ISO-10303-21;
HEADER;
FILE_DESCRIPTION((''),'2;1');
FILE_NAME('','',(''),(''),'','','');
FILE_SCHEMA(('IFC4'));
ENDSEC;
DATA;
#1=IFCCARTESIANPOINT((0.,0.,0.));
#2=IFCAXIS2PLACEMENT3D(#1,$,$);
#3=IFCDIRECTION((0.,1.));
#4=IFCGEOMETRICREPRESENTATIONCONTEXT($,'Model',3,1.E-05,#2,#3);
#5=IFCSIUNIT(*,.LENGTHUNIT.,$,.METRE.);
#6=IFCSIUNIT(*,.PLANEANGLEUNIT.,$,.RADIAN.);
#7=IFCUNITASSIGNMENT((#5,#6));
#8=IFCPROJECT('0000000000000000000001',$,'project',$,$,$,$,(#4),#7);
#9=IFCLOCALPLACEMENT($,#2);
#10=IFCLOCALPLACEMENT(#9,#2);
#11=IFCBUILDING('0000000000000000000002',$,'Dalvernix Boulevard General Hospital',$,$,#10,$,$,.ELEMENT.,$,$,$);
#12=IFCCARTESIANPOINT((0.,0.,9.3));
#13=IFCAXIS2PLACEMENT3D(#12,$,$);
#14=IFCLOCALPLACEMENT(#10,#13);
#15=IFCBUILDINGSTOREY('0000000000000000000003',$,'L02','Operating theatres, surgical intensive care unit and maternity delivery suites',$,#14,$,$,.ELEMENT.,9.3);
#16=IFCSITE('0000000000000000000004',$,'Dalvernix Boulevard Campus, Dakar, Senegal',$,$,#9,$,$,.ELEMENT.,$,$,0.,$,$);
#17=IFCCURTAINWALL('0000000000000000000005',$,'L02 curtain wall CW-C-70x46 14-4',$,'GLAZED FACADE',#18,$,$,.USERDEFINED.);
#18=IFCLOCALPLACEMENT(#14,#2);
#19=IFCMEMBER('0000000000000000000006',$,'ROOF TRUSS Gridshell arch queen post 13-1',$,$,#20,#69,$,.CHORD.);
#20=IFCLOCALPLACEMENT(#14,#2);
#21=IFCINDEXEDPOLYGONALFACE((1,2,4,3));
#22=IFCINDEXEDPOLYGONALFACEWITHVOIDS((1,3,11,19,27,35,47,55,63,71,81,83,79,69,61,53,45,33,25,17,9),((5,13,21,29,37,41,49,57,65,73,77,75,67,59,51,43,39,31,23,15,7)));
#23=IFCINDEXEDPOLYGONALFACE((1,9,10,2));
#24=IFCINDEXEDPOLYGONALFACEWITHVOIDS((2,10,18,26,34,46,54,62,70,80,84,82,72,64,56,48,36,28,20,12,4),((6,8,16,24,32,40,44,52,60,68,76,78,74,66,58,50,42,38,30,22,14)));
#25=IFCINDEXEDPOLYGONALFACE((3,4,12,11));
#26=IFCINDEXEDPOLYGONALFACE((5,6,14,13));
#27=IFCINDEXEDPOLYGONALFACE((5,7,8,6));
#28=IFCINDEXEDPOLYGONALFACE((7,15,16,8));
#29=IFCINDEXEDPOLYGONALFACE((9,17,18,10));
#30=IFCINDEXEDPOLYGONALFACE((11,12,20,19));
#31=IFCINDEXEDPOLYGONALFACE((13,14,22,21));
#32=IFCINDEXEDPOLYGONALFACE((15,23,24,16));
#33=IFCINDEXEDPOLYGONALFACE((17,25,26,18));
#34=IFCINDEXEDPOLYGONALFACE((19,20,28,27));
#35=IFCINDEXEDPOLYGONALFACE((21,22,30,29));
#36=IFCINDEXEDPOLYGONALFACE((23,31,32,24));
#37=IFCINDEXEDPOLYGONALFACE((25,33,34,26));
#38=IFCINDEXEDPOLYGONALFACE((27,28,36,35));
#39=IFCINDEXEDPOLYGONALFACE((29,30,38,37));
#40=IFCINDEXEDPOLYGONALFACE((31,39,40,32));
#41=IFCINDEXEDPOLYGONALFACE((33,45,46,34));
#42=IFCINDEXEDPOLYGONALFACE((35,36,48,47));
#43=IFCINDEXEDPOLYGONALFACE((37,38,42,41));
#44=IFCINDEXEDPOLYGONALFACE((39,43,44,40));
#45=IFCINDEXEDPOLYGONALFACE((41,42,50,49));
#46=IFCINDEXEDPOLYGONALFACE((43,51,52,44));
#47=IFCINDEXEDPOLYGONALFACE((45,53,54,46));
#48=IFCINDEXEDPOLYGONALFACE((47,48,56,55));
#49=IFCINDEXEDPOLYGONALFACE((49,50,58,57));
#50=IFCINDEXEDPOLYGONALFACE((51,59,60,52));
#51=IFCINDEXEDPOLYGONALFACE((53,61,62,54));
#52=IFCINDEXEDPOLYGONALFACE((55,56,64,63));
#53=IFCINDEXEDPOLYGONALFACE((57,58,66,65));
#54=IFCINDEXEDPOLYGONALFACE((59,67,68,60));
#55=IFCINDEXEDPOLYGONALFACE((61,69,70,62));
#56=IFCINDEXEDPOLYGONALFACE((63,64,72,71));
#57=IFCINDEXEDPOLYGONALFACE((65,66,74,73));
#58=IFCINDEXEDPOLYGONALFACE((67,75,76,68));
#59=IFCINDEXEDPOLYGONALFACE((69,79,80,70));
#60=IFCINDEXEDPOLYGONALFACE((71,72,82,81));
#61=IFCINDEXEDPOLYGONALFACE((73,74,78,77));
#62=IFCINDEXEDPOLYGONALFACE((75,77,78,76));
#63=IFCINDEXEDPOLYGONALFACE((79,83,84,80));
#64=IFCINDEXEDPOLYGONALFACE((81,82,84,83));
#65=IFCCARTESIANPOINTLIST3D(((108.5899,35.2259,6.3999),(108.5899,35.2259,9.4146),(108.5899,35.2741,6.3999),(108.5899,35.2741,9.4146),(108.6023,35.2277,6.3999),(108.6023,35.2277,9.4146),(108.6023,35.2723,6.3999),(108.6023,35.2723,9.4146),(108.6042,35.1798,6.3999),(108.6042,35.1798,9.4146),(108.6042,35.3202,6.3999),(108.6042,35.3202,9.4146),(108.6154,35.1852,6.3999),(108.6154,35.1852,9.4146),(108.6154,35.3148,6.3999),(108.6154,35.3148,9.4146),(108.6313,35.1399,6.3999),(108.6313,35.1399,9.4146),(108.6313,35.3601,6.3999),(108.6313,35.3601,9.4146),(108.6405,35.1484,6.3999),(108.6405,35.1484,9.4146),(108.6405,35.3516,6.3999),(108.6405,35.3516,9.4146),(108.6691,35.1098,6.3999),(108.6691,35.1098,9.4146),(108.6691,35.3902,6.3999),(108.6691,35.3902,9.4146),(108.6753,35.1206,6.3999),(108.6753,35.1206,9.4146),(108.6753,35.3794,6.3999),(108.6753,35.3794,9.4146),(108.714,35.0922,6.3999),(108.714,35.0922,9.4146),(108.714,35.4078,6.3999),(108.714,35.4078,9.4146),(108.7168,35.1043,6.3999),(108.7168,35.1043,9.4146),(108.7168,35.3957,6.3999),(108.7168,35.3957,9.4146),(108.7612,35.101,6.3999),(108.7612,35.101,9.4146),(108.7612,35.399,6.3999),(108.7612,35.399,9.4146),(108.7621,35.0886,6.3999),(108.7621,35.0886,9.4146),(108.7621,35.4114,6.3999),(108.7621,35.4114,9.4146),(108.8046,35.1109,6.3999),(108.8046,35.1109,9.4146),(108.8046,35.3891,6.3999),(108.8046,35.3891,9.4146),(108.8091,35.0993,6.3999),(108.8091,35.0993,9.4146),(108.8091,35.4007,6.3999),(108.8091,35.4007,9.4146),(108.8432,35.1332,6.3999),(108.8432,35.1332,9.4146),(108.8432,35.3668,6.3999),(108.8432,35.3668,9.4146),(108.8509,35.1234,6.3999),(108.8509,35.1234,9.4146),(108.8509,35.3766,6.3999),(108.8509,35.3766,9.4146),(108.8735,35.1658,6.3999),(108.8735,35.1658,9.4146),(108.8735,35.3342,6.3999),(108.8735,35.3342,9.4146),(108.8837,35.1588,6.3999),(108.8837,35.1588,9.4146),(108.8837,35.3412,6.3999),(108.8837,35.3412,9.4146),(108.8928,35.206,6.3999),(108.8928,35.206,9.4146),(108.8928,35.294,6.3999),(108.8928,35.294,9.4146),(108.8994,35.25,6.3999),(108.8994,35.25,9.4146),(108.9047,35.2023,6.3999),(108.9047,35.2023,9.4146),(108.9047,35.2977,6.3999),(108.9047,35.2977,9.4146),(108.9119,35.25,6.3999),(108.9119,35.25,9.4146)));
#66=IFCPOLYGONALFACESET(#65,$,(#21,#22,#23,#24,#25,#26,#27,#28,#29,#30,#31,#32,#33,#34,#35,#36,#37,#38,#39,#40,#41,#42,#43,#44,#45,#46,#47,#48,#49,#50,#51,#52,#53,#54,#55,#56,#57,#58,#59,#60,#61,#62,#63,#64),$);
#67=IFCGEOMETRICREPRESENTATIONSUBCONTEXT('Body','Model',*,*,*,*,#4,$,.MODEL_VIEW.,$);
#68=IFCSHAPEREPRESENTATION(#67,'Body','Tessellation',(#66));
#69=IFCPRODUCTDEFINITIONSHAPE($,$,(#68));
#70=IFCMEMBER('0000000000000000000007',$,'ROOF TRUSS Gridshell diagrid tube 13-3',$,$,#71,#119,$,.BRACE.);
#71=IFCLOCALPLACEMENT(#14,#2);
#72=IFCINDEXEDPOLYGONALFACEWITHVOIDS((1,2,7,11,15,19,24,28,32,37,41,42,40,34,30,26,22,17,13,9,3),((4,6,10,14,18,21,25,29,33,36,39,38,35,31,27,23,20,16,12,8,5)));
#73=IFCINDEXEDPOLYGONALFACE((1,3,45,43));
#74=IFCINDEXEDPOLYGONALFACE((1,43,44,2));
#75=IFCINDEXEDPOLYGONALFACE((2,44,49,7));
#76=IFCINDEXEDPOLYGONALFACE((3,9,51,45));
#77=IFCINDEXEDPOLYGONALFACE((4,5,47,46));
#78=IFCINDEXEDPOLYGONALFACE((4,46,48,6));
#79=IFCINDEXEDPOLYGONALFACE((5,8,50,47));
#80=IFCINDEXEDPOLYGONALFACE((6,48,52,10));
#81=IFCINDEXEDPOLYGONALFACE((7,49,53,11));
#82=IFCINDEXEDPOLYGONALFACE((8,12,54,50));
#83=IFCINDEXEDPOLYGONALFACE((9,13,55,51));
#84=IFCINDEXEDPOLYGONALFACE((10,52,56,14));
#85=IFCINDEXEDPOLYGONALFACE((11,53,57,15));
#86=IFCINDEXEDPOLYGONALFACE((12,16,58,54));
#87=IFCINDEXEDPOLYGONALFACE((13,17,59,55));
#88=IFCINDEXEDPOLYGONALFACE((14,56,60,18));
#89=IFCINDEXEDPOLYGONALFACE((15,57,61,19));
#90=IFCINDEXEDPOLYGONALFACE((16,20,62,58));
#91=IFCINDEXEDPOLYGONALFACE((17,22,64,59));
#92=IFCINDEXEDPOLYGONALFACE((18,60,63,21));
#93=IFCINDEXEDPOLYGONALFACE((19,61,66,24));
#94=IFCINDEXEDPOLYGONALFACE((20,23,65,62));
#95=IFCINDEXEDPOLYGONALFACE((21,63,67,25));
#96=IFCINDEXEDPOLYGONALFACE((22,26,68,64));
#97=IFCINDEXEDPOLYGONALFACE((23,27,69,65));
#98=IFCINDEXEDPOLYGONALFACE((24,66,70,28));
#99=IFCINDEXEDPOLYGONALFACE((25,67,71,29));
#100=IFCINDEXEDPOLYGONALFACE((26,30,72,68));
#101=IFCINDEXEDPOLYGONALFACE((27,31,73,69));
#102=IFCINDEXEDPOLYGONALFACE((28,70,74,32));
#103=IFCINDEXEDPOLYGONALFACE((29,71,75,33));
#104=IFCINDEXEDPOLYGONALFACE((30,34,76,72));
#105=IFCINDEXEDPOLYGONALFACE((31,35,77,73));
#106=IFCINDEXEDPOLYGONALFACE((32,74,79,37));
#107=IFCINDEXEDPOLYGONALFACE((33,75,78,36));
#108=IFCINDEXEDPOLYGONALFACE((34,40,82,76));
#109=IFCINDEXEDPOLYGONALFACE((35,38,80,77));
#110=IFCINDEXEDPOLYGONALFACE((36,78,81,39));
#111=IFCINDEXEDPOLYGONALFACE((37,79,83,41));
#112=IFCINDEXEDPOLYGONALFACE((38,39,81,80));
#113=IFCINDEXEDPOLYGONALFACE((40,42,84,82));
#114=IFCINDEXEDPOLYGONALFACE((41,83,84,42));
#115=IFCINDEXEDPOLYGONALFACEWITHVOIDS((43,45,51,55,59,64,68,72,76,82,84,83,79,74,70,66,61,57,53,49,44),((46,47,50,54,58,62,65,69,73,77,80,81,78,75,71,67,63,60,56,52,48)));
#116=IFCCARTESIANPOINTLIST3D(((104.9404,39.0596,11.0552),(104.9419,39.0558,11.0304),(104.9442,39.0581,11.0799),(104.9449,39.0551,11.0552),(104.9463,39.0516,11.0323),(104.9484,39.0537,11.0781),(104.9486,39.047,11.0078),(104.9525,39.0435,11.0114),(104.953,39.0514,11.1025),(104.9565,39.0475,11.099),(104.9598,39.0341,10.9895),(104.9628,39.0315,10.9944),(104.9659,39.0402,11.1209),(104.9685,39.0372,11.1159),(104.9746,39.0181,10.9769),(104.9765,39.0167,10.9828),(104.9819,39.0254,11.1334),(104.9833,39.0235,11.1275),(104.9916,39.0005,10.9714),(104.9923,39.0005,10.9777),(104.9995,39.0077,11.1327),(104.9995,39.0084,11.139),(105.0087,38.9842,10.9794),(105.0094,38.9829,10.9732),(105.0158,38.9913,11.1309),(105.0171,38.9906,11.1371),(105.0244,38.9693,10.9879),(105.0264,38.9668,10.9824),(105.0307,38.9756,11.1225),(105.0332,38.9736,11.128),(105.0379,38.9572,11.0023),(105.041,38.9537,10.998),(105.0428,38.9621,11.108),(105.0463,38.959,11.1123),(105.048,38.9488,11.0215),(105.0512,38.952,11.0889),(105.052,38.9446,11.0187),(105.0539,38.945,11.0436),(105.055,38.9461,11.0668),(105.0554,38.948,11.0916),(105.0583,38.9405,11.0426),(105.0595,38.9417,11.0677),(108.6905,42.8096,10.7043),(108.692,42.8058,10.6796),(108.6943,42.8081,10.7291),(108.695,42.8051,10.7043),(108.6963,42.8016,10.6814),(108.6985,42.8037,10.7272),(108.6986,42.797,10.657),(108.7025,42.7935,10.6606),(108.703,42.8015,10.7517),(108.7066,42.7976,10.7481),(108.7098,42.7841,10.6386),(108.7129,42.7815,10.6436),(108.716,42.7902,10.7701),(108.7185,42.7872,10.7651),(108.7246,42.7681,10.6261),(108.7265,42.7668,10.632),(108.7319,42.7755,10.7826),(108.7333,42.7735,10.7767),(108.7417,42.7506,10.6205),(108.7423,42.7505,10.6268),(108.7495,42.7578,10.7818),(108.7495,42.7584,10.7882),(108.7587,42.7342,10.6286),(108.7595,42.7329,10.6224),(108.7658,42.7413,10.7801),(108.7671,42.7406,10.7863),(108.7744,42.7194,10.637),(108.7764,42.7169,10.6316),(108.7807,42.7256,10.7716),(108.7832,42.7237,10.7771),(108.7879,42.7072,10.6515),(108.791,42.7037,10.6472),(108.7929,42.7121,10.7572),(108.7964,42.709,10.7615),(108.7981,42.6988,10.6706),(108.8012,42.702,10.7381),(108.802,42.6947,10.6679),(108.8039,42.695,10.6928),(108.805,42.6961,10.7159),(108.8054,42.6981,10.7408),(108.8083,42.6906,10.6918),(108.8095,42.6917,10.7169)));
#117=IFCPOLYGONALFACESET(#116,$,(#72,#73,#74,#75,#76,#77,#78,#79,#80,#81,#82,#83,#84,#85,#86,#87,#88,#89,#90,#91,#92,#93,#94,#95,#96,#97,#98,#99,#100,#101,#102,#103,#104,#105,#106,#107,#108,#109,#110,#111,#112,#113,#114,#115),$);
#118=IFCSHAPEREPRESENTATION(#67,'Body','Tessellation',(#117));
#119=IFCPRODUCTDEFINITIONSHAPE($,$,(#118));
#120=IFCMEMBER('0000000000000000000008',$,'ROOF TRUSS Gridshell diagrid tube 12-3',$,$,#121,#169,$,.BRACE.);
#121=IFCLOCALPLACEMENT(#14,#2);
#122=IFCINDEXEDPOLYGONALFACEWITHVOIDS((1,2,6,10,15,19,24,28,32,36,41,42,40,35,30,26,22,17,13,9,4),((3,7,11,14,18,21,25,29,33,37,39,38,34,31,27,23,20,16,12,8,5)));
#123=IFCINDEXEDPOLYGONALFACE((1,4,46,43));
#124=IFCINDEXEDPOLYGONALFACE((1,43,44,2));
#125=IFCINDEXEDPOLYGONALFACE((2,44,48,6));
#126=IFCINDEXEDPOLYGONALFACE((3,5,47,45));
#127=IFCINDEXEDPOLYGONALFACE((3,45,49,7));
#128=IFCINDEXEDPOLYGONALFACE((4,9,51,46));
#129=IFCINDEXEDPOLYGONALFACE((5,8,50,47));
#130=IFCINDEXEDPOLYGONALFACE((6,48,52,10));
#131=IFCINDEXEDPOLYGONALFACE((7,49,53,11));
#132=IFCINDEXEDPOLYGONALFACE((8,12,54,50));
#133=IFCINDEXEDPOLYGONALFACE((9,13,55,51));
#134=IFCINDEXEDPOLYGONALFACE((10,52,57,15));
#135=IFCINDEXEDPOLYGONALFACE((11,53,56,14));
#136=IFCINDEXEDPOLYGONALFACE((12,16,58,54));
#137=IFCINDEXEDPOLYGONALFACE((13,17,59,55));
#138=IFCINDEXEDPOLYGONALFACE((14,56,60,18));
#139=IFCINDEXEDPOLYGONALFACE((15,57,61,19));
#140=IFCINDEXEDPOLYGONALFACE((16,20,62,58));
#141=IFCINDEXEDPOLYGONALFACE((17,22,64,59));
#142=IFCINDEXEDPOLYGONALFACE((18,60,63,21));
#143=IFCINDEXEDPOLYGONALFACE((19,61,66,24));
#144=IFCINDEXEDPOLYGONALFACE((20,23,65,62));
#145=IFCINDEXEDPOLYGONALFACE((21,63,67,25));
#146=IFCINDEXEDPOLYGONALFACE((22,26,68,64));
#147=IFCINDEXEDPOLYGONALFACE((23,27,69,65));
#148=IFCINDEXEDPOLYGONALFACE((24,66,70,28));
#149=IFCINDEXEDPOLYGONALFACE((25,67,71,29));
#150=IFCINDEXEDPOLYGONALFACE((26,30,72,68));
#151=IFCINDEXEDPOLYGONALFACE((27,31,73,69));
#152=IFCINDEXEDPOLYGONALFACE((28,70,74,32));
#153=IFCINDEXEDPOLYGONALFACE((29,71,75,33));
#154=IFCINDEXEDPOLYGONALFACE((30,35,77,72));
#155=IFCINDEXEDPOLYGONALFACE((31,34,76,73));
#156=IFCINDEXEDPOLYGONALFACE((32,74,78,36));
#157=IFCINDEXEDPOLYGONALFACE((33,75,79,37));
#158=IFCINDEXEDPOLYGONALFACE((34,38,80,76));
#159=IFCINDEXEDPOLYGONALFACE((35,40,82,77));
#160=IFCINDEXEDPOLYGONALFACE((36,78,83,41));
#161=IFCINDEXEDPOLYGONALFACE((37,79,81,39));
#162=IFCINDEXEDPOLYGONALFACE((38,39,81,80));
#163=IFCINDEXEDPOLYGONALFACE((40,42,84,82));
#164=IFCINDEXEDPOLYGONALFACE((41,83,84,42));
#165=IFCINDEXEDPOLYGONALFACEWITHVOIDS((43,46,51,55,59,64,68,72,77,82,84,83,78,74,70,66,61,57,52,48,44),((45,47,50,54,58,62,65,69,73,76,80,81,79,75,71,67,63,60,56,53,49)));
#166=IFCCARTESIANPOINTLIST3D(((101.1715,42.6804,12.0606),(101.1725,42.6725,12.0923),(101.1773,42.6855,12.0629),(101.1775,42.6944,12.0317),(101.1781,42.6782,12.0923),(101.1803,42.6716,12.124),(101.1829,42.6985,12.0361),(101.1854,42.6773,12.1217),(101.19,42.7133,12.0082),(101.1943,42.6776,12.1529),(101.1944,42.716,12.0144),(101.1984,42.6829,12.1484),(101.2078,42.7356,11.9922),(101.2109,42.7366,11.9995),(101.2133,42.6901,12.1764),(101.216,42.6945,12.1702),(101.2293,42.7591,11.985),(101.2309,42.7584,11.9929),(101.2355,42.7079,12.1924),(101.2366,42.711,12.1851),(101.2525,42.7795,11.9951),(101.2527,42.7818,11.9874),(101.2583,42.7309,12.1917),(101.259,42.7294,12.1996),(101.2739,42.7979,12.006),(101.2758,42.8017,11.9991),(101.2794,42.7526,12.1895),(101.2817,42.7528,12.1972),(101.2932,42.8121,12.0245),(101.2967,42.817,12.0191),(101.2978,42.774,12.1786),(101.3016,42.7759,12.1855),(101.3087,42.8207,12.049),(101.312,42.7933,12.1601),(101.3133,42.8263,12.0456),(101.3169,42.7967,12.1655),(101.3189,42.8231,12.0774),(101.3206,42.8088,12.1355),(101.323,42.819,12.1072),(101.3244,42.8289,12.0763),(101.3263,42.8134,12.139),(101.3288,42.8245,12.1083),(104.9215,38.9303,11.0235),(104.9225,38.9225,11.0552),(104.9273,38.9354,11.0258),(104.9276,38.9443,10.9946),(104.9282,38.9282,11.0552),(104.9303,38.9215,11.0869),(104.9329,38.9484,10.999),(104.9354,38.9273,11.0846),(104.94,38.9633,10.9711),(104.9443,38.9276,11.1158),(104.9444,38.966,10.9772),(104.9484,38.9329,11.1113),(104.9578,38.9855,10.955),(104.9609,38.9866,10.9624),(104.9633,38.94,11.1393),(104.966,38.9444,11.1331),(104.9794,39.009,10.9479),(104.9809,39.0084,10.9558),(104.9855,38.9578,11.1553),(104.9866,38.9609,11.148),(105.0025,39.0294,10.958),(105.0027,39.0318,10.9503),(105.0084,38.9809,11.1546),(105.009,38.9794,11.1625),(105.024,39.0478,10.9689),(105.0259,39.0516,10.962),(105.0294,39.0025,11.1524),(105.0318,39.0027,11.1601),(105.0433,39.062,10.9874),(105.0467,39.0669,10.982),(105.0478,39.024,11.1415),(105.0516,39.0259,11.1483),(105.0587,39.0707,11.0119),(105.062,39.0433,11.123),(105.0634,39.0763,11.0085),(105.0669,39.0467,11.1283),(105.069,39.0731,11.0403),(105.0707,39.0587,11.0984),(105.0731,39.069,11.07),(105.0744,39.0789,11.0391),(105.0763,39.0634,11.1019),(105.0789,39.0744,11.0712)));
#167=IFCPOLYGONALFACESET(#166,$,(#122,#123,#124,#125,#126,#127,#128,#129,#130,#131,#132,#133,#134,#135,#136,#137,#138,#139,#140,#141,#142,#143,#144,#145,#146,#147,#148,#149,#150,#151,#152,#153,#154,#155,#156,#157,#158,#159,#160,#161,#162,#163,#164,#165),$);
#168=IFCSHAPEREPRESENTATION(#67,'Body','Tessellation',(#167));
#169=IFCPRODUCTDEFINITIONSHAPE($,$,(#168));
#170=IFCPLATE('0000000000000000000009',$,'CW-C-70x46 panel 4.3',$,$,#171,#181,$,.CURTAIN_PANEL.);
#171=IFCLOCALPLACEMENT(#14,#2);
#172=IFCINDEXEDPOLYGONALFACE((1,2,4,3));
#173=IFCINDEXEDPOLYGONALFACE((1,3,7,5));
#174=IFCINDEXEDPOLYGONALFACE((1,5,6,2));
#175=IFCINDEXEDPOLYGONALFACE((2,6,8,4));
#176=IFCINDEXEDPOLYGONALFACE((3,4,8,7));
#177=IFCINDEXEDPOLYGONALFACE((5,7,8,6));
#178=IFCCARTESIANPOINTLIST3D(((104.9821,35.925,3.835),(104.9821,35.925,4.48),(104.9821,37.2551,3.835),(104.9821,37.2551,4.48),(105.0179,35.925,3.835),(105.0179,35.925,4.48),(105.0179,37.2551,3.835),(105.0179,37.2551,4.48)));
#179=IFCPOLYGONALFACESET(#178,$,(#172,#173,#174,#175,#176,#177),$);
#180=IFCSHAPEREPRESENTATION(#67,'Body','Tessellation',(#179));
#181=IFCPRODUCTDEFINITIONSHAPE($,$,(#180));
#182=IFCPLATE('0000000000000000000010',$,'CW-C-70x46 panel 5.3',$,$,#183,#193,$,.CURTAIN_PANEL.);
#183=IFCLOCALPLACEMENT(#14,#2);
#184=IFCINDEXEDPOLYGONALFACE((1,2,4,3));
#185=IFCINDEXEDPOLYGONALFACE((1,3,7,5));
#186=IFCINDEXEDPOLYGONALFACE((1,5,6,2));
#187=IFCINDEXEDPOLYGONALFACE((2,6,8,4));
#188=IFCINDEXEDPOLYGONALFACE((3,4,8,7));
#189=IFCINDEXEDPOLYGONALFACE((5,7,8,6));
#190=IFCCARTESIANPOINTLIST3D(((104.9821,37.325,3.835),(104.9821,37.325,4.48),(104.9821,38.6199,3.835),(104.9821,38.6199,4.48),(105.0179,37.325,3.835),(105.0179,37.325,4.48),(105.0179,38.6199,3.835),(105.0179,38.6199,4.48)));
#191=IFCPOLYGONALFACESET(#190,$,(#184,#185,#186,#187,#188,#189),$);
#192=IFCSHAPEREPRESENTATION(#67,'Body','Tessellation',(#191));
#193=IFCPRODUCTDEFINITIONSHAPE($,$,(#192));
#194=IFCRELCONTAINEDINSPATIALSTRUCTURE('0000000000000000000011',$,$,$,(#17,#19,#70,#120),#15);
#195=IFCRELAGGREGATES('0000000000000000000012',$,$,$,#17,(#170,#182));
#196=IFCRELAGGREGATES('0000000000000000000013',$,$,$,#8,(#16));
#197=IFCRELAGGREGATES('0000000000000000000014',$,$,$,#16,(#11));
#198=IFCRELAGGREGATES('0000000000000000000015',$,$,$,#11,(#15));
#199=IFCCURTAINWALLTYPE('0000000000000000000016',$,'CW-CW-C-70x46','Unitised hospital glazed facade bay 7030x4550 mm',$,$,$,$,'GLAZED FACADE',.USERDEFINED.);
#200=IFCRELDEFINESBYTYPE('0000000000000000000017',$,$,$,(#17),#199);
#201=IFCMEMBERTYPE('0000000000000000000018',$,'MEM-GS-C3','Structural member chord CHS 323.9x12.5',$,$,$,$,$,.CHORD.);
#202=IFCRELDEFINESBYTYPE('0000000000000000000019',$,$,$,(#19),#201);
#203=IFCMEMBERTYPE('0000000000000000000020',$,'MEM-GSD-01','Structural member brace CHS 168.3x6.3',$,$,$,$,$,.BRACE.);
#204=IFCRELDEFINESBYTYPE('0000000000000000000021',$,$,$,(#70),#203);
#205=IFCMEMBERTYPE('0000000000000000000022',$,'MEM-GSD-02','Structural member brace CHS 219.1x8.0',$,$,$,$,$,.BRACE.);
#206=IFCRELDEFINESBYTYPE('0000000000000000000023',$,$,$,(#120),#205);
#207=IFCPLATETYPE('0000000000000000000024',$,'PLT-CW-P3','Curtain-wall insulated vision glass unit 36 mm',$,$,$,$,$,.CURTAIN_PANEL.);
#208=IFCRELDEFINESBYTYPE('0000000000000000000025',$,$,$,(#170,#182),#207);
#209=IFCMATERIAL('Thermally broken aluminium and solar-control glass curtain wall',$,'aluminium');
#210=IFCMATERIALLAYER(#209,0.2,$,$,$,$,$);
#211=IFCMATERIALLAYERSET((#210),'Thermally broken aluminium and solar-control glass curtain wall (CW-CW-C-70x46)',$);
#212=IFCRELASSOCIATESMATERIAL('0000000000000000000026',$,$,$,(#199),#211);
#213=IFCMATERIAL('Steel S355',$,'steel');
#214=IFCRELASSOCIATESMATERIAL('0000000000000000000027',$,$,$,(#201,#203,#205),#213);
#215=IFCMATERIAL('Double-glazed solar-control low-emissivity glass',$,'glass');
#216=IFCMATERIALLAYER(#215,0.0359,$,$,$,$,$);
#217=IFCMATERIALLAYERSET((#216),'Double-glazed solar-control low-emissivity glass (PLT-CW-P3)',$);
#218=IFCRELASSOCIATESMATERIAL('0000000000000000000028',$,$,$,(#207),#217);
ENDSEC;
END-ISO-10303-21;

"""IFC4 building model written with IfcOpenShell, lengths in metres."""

from ifc_helpers import new_model, si_unit, direction, frame, origin, origin_2d, place, context, subcontext, project, spatial, rectangle, hollow_circle, extrude, material, layer, layer_set, material_profile, profile_set, type_object, element, aggregate, save


model = new_model("IFC4")

# Units and contexts
model_context = context("Model", 3, precision=1e-05, world=origin(), true_north=direction((0.0, 1.0)))
body_context = subcontext(model_context, "Body", "Model", "MODEL_VIEW")
ifc_project = project(units=[si_unit("LENGTHUNIT", "METRE"), si_unit("PLANEANGLEUNIT", "RADIAN")], contexts=[model_context])

# Site, building, storey
site_placement = place(None, origin())
site = spatial("IfcSite", under=ifc_project, at=site_placement, Name="Dalvernix Boulevard Campus, Dakar, Senegal", CompositionType="ELEMENT", RefElevation=0.0)
building_placement = place(site_placement, origin())
building = spatial("IfcBuilding", under=site, at=building_placement, Name="Dalvernix Boulevard General Hospital", CompositionType="ELEMENT")
storey_placement = place(building_placement, frame((0.0, 0.0, 9.3)))
storey = spatial("IfcBuildingStorey", under=building, at=storey_placement, Name="L02", Description="Operating theatres, surgical intensive care unit and maternity delivery suites", CompositionType="ELEMENT", Elevation=9.3)

# Shared definitions
ifc_material_1 = material(Name="Steel S355", Category="steel")

# Curtain wall
ifc_material_2 = material(Name="Thermally broken aluminium and solar-control glass curtain wall", Category="aluminium")
ifc_layer_1 = layer(ifc_material_2, 0.2)
ifc_layer_set_1 = layer_set([ifc_layer_1], Name="Thermally broken aluminium and solar-control glass curtain wall (CW-CW-C-70x46)")
curtain_wall_type = type_object("IfcCurtainWallType", Name="CW-CW-C-70x46", Description="Unitised hospital glazed facade bay 7030x4550 mm", ElementType="GLAZED FACADE", PredefinedType="USERDEFINED", material=ifc_layer_set_1)
curtain_wall_placement = place(storey_placement, origin())
curtain_wall = element("IfcCurtainWall", 1, at=curtain_wall_placement, inside=storey, type_object=curtain_wall_type, Name="L02 curtain wall CW-C-70x46 14-4", ObjectType="GLAZED FACADE", PredefinedType="USERDEFINED")

# Members
ifc_material_profile_1 = material_profile(ifc_material_1, hollow_circle(Radius=0.1619, WallThickness=0.0125, at=origin_2d()), Name="CHS 323.9x12.5")
ifc_profile_set_1 = profile_set([ifc_material_profile_1], Name="Steel S355")
member_type_1 = type_object("IfcMemberType", Name="MEM-GS-C3", Description="Structural member chord CHS 323.9x12.5", PredefinedType="CHORD", material=ifc_profile_set_1)
member_1_placement = place(storey_placement, frame((108.75, 35.25, 6.3999), z_axis=(0.0, 0.0, 1.0), x_axis=(1.0, 0.0, 0.0)))
element("IfcMember", 2, at=member_1_placement, inside=storey, type_object=member_type_1, Name="ROOF TRUSS Gridshell arch queen post 13-1", PredefinedType="CHORD", context=body_context, shape_type="SweptSolid", body=[
    extrude(hollow_circle(Radius=0.1619, WallThickness=0.0125, at=origin_2d()), origin(), (0.0, 0.0, 1.0), 3.0146),
])
ifc_material_profile_2 = material_profile(ifc_material_1, hollow_circle(Radius=0.0842, WallThickness=0.0063, at=origin_2d()), Name="CHS 168.3x6.3")
ifc_profile_set_2 = profile_set([ifc_material_profile_2], Name="Steel S355")
member_type_2 = type_object("IfcMemberType", Name="MEM-GSD-01", Description="Structural member brace CHS 168.3x6.3", PredefinedType="BRACE", material=ifc_profile_set_2)
member_2_placement = place(storey_placement, frame((105.0, 39.0, 11.0552), z_axis=(0.705565, 0.705565, -0.066009), x_axis=(-0.707107, 0.707107, 0.0)))
element("IfcMember", 3, at=member_2_placement, inside=storey, type_object=member_type_2, Name="ROOF TRUSS Gridshell diagrid tube 13-3", PredefinedType="BRACE", context=body_context, shape_type="SweptSolid", body=[
    extrude(hollow_circle(Radius=0.0842, WallThickness=0.0063, at=origin_2d()), origin(), (0.0, 0.0, 1.0), 5.3149),
])
ifc_material_profile_3 = material_profile(ifc_material_1, hollow_circle(Radius=0.1096, WallThickness=0.0081, at=origin_2d()), Name="CHS 219.1x8.0")
ifc_profile_set_3 = profile_set([ifc_material_profile_3], Name="Steel S355")
member_type_3 = type_object("IfcMemberType", Name="MEM-GSD-02", Description="Structural member brace CHS 219.1x8.0", PredefinedType="BRACE", material=ifc_profile_set_3)
member_3_placement = place(storey_placement, frame((105.0, 39.0, 11.0552), z_axis=(-0.693962, 0.693962, 0.191924), x_axis=(-0.707107, -0.707107, 0.0)))
element("IfcMember", 4, at=member_3_placement, inside=storey, type_object=member_type_3, Name="ROOF TRUSS Gridshell diagrid tube 12-3", PredefinedType="BRACE", context=body_context, shape_type="SweptSolid", body=[
    extrude(hollow_circle(Radius=0.1096, WallThickness=0.0081, at=origin_2d()), origin(), (0.0, 0.0, 1.0), 5.4038),
])

# Plates
ifc_material_3 = material(Name="Double-glazed solar-control low-emissivity glass", Category="glass")
ifc_layer_2 = layer(ifc_material_3, 0.0359)
ifc_layer_set_2 = layer_set([ifc_layer_2], Name="Double-glazed solar-control low-emissivity glass (PLT-CW-P3)")
plate_type_1 = type_object("IfcPlateType", Name="PLT-CW-P3", Description="Curtain-wall insulated vision glass unit 36 mm", PredefinedType="CURTAIN_PANEL", material=ifc_layer_set_2)
plate_1_placement = place(storey_placement, frame((105.0, 36.5901, 3.835), z_axis=(0.0, 0.0, 1.0), x_axis=(0.0, 1.0, 0.0)))
plate_1 = element("IfcPlate", 5, at=plate_1_placement, type_object=plate_type_1, Name="CW-C-70x46 panel 4.3", PredefinedType="CURTAIN_PANEL", context=body_context, shape_type="SweptSolid", body=[
    extrude(rectangle(XDim=1.3301, YDim=0.0359, at=origin_2d()), origin(), (0.0, 0.0, 1.0), 0.645),
])
plate_2_placement = place(storey_placement, frame((105.0, 37.9724, 3.835), z_axis=(0.0, 0.0, 1.0), x_axis=(0.0, 1.0, 0.0)))
plate_2 = element("IfcPlate", 6, at=plate_2_placement, type_object=plate_type_1, Name="CW-C-70x46 panel 5.3", PredefinedType="CURTAIN_PANEL", context=body_context, shape_type="SweptSolid", body=[
    extrude(rectangle(XDim=1.2949, YDim=0.0359, at=origin_2d()), origin(), (0.0, 0.0, 1.0), 0.645),
])
aggregate(curtain_wall, [plate_1, plate_2])

save(model, "model.ifc")
